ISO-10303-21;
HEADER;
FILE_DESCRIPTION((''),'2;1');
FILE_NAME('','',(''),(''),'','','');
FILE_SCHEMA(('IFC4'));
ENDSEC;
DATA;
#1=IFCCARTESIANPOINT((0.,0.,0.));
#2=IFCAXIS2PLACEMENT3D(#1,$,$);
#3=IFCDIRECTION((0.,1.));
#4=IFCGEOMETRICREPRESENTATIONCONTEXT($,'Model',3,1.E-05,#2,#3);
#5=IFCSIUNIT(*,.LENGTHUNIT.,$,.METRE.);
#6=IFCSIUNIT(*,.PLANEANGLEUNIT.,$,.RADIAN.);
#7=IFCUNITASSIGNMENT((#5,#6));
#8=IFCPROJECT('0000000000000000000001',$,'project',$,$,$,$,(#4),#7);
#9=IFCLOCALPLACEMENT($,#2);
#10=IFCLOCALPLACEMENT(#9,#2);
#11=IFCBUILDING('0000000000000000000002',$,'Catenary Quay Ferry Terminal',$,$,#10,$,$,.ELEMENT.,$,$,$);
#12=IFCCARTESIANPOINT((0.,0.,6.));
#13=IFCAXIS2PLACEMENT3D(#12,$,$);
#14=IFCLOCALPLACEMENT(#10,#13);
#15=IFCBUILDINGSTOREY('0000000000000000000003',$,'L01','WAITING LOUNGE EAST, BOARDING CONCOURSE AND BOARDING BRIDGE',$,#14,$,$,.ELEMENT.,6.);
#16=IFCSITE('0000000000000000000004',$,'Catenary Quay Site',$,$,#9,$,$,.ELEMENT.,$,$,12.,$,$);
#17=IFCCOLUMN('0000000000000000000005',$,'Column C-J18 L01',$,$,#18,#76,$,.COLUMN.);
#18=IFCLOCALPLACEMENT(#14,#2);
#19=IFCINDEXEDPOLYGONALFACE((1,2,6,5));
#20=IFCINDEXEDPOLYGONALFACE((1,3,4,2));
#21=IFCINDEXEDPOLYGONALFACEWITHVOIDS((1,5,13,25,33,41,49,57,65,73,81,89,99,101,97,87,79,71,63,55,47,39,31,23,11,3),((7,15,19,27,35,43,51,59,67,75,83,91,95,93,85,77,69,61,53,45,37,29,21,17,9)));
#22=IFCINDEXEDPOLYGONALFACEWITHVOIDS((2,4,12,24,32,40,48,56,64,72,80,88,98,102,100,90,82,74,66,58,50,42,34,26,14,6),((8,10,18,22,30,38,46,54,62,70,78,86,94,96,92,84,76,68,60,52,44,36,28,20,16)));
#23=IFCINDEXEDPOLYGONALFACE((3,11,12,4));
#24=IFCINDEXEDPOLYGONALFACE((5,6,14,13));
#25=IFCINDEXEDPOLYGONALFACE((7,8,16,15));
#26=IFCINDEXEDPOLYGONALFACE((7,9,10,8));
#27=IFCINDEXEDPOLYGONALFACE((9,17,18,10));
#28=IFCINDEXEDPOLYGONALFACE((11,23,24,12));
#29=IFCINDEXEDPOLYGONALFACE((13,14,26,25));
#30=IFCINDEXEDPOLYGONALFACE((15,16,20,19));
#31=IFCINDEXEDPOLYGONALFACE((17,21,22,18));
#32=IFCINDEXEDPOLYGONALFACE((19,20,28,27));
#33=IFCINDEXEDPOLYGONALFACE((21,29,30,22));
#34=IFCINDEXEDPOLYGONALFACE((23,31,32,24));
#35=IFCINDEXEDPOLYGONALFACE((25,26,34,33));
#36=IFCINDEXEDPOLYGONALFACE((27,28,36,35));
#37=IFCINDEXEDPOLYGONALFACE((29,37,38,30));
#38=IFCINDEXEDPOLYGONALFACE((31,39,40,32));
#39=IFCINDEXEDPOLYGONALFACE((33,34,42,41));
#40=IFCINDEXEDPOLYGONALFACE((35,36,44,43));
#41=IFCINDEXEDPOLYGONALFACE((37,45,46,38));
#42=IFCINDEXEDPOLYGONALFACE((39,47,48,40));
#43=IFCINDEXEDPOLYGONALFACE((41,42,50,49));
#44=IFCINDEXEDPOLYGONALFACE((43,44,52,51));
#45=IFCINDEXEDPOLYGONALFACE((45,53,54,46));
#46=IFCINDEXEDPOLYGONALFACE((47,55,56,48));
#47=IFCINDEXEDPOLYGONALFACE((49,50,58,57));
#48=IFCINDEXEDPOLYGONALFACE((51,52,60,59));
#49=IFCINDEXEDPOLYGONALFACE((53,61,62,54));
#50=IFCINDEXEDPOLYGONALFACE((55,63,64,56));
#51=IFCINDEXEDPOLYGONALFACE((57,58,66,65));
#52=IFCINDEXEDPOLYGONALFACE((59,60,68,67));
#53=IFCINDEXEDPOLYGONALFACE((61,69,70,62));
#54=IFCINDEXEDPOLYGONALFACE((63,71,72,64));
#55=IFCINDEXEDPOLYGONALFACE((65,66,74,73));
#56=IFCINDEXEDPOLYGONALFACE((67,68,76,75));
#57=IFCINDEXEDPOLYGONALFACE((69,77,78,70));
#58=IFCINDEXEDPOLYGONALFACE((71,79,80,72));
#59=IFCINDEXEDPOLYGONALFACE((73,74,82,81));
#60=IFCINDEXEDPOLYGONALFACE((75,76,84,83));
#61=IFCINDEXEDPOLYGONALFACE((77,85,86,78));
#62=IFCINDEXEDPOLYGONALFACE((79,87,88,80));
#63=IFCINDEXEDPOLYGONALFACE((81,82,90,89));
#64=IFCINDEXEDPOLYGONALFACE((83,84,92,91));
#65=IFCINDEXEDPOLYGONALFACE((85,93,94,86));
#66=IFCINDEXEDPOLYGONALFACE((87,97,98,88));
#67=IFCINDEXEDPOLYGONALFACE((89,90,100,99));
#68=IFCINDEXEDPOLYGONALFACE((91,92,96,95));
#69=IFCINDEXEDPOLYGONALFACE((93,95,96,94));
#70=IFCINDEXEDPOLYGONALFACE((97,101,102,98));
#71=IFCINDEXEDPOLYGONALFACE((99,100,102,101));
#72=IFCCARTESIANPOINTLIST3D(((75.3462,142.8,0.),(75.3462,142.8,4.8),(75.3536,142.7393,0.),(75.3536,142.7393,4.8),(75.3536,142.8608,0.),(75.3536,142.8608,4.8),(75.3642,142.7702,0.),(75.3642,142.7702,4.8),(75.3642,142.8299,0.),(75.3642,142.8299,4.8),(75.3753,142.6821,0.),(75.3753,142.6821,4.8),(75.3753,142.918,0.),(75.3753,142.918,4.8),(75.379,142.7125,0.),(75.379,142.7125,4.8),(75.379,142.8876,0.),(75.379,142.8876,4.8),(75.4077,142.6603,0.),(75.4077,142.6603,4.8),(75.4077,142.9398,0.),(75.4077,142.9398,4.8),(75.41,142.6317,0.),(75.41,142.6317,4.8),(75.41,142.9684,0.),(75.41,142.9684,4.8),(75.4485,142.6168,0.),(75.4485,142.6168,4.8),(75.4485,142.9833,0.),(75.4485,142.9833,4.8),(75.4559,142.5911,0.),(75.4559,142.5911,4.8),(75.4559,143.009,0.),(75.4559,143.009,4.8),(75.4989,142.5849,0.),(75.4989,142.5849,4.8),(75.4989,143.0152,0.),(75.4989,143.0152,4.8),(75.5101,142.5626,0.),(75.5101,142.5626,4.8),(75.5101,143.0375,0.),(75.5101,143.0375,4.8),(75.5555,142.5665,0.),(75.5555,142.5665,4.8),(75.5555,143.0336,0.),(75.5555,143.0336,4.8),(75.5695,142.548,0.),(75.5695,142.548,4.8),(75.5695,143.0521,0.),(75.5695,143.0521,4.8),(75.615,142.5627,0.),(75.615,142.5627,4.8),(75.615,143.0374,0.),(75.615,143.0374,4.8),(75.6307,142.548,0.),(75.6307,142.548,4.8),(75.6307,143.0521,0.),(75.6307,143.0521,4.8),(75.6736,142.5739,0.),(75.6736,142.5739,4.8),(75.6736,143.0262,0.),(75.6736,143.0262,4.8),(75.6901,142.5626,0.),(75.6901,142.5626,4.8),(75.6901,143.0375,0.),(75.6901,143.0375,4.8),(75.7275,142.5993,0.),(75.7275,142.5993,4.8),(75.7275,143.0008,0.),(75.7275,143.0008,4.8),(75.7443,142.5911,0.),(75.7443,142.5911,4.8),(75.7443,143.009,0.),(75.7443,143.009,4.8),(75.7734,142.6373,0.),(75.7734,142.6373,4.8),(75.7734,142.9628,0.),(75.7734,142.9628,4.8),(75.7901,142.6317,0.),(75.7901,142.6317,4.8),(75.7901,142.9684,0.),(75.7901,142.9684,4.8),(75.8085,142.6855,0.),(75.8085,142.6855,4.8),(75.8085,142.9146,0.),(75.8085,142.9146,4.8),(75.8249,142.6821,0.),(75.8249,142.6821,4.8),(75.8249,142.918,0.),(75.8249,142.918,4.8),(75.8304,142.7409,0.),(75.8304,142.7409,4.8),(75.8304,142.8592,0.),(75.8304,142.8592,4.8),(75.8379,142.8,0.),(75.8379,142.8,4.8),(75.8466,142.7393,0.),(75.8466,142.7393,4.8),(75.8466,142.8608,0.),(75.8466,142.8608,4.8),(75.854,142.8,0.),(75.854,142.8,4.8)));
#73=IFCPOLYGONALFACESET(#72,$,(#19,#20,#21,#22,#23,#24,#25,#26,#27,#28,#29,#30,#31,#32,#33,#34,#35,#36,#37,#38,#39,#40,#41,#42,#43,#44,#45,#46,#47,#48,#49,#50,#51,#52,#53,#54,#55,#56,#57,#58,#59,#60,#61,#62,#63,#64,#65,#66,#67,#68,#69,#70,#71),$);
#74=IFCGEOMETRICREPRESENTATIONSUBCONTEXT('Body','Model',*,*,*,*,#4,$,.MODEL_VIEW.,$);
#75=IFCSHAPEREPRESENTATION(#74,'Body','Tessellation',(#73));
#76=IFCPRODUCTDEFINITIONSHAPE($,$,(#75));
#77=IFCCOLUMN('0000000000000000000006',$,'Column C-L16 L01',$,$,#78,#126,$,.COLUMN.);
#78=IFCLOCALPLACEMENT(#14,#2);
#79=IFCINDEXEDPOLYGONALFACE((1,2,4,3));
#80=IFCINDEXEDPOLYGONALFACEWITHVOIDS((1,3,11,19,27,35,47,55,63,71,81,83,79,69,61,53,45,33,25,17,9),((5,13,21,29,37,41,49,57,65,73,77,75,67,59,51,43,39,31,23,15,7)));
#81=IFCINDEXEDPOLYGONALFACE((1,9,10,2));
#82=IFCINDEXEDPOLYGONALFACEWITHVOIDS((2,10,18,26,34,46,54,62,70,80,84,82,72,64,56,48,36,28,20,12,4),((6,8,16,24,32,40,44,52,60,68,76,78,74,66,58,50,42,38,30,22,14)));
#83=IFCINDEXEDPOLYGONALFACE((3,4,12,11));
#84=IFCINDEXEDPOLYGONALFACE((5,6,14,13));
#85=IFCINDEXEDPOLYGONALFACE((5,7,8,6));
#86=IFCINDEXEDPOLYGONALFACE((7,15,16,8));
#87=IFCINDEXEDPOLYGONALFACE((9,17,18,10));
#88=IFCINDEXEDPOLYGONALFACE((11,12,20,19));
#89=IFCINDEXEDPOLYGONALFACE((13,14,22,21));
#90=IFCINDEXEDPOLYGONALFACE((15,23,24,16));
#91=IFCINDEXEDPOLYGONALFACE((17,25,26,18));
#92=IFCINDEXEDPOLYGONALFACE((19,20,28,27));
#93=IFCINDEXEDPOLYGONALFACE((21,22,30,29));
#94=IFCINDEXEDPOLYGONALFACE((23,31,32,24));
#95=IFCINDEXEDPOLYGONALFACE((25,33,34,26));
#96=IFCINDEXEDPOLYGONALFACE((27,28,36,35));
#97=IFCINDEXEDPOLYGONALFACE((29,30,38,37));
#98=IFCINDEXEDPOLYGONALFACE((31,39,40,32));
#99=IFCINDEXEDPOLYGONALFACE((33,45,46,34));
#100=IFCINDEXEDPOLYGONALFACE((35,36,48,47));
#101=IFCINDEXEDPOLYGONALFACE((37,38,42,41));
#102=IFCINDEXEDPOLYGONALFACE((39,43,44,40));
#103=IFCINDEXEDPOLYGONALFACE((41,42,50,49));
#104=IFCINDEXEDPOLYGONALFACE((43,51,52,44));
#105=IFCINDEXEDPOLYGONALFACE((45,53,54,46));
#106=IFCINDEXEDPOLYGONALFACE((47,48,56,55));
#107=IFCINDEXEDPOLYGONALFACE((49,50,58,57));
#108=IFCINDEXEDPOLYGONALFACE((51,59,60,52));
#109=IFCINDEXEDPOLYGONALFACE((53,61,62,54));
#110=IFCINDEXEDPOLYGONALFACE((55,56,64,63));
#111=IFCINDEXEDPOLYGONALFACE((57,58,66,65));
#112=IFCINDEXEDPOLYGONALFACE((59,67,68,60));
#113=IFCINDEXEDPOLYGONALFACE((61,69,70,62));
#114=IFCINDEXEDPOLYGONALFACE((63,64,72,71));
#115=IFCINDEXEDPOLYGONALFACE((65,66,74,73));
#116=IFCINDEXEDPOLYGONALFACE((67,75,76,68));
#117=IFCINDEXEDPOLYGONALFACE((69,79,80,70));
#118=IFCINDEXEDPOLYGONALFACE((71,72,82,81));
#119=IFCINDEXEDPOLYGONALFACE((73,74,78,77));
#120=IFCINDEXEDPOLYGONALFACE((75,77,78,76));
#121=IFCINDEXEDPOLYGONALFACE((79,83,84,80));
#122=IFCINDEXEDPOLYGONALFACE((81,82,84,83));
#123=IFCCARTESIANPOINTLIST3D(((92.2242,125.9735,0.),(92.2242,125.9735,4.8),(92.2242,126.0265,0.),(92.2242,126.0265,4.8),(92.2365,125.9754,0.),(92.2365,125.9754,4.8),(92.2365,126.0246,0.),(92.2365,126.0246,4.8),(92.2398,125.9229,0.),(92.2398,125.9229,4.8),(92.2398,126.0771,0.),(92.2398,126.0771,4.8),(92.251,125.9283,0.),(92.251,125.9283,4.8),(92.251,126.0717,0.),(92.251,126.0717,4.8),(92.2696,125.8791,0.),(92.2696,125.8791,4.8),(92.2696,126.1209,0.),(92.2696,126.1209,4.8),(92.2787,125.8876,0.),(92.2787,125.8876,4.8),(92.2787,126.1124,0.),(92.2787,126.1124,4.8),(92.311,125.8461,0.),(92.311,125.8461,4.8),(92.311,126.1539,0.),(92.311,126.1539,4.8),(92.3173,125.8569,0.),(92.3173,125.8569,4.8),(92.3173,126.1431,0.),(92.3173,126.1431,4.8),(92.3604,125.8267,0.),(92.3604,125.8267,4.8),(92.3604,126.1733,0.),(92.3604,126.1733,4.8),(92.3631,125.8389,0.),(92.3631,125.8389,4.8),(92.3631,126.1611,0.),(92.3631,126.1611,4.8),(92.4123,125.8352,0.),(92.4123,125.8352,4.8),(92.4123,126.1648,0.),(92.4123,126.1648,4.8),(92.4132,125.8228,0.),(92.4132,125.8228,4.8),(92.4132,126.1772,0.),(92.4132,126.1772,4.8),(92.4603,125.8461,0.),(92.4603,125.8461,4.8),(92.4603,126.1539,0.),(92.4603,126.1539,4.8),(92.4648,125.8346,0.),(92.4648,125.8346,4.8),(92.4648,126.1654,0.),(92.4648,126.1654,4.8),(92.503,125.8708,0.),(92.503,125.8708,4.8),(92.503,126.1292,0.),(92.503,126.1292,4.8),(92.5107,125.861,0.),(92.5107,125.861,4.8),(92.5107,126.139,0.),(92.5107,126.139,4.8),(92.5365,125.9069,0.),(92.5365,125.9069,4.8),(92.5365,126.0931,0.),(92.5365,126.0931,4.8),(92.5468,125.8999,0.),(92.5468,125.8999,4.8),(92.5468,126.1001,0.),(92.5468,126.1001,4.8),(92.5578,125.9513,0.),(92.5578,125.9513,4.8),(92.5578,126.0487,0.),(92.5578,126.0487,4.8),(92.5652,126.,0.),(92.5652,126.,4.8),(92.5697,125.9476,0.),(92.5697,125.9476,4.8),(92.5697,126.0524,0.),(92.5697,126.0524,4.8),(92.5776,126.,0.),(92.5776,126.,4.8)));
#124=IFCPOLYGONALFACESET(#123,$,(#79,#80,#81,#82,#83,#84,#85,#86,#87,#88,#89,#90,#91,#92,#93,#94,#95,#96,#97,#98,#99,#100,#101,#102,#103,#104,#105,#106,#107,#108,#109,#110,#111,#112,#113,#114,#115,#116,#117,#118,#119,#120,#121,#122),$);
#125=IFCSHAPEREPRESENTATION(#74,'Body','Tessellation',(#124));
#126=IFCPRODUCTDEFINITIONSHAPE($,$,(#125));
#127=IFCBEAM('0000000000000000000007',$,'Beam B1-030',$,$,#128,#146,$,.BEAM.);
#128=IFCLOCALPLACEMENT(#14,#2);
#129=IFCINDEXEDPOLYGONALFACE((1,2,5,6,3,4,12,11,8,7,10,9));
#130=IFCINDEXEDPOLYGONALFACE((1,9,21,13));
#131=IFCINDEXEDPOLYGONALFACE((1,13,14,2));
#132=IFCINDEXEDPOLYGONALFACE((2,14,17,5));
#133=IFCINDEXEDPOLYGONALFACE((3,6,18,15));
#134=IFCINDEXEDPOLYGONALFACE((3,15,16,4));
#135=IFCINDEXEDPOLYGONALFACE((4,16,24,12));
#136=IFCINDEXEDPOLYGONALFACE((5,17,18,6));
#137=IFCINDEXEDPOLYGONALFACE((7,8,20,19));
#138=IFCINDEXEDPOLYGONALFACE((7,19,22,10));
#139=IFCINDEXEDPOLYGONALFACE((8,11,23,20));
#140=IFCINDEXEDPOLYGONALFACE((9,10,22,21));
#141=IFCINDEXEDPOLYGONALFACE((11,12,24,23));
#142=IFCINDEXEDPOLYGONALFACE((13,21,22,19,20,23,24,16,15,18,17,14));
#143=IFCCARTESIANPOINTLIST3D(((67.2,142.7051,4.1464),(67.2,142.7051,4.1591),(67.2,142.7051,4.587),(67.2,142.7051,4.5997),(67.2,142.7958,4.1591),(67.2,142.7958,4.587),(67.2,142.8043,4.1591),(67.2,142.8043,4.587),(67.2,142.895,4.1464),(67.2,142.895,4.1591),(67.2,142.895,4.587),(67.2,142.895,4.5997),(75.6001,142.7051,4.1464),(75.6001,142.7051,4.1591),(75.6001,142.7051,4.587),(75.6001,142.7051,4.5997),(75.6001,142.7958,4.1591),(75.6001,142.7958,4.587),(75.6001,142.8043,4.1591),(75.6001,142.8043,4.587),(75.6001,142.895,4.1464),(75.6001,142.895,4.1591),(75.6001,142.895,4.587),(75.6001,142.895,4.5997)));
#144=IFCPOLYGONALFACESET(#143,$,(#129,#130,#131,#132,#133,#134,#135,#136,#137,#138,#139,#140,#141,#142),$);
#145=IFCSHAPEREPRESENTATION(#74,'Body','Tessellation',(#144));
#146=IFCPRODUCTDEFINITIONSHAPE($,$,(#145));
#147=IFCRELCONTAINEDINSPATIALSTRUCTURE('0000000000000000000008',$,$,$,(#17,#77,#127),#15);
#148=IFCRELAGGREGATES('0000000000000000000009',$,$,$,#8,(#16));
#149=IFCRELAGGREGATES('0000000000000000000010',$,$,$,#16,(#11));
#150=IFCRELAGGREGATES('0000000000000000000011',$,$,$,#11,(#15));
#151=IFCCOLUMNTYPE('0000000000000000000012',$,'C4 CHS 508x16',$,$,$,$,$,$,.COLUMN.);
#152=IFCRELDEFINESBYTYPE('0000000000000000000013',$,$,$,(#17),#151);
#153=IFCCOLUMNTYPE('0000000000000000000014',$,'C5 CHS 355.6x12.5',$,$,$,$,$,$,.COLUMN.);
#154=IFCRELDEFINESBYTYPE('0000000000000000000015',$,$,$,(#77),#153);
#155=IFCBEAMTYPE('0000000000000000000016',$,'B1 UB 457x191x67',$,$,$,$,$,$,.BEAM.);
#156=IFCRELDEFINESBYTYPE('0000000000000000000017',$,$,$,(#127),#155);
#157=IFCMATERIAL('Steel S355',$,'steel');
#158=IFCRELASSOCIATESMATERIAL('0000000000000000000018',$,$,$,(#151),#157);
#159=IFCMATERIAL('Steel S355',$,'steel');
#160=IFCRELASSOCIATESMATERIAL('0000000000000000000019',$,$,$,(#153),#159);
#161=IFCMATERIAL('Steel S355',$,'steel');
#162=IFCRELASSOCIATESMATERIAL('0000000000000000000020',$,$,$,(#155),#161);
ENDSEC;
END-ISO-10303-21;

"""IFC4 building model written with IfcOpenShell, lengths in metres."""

from ifc_helpers import new_model, si_unit, direction, frame, origin, origin_2d, place, context, subcontext, project, spatial, hollow_circle, i_section, extrude, material, material_profile, profile_set, type_object, element, save


model = new_model("IFC4")

# Units and contexts
model_context = context("Model", 3, precision=1e-05, world=origin(), true_north=direction((0.0, 1.0)))
body_context = subcontext(model_context, "Body", "Model", "MODEL_VIEW")
ifc_project = project(units=[si_unit("LENGTHUNIT", "METRE"), si_unit("PLANEANGLEUNIT", "RADIAN")], contexts=[model_context])

# Site, building, storey
site_placement = place(None, origin())
site = spatial("IfcSite", under=ifc_project, at=site_placement, Name="Catenary Quay Site", CompositionType="ELEMENT", RefElevation=12.0)
building_placement = place(site_placement, origin())
building = spatial("IfcBuilding", under=site, at=building_placement, Name="Catenary Quay Ferry Terminal", CompositionType="ELEMENT")
storey_placement = place(building_placement, frame((0.0, 0.0, 6.0)))
storey = spatial("IfcBuildingStorey", under=building, at=storey_placement, Name="L01", Description="WAITING LOUNGE EAST, BOARDING CONCOURSE AND BOARDING BRIDGE", CompositionType="ELEMENT", Elevation=6.0)

# Columns
ifc_material_1 = material(Name="Steel S355", Category="steel")
ifc_material_profile_1 = material_profile(ifc_material_1, hollow_circle(Radius=0.2539, WallThickness=0.0161, at=origin_2d()), Name="CHS 508x16")
ifc_profile_set_1 = profile_set([ifc_material_profile_1], Name="Steel S355")
column_type_1 = type_object("IfcColumnType", Name="C4 CHS 508x16", PredefinedType="COLUMN", material=ifc_profile_set_1)
column_1_placement = place(storey_placement, frame((75.6001, 142.8, 0.0), z_axis=(0.0, 0.0, 1.0), x_axis=(1.0, 0.0, 0.0)))
element("IfcColumn", 1, at=column_1_placement, inside=storey, type_object=column_type_1, Name="Column C-J18 L01", PredefinedType="COLUMN", context=body_context, shape_type="SweptSolid", body=[
    extrude(hollow_circle(Radius=0.2539, WallThickness=0.0161, at=origin_2d()), origin(), (0.0, 0.0, 1.0), 4.8),
])
ifc_material_2 = material(Name="Steel S355", Category="steel")
ifc_material_profile_2 = material_profile(ifc_material_2, hollow_circle(Radius=0.1777, WallThickness=0.0125, at=origin_2d()), Name="CHS 355.6x12.5")
ifc_profile_set_2 = profile_set([ifc_material_profile_2], Name="Steel S355")
column_type_2 = type_object("IfcColumnType", Name="C5 CHS 355.6x12.5", PredefinedType="COLUMN", material=ifc_profile_set_2)
column_2_placement = place(storey_placement, frame((92.3999, 126.0, 0.0), z_axis=(0.0, 0.0, 1.0), x_axis=(1.0, 0.0, 0.0)))
element("IfcColumn", 2, at=column_2_placement, inside=storey, type_object=column_type_2, Name="Column C-L16 L01", PredefinedType="COLUMN", context=body_context, shape_type="SweptSolid", body=[
    extrude(hollow_circle(Radius=0.1777, WallThickness=0.0125, at=origin_2d()), origin(), (0.0, 0.0, 1.0), 4.8),
])

# Beam
ifc_material_3 = material(Name="Steel S355", Category="steel")
ifc_material_profile_3 = material_profile(ifc_material_3, i_section(OverallWidth=0.1899, OverallDepth=0.4534, WebThickness=0.0085, FlangeThickness=0.0127, at=origin_2d()), Name="UB 457x191x67")
ifc_profile_set_3 = profile_set([ifc_material_profile_3], Name="Steel S355")
beam_type = type_object("IfcBeamType", Name="B1 UB 457x191x67", PredefinedType="BEAM", material=ifc_profile_set_3)
beam_placement = place(storey_placement, frame((67.2, 142.8, 4.373), z_axis=(1.0, 0.0, 0.0), x_axis=(0.0, 1.0, 0.0)))
element("IfcBeam", 3, at=beam_placement, inside=storey, type_object=beam_type, Name="Beam B1-030", PredefinedType="BEAM", context=body_context, shape_type="SweptSolid", body=[
    extrude(i_section(OverallWidth=0.1899, OverallDepth=0.4534, WebThickness=0.0085, FlangeThickness=0.0127, at=origin_2d()), origin(), (0.0, 0.0, 1.0), 8.4001),
])

save(model, "model.ifc")
